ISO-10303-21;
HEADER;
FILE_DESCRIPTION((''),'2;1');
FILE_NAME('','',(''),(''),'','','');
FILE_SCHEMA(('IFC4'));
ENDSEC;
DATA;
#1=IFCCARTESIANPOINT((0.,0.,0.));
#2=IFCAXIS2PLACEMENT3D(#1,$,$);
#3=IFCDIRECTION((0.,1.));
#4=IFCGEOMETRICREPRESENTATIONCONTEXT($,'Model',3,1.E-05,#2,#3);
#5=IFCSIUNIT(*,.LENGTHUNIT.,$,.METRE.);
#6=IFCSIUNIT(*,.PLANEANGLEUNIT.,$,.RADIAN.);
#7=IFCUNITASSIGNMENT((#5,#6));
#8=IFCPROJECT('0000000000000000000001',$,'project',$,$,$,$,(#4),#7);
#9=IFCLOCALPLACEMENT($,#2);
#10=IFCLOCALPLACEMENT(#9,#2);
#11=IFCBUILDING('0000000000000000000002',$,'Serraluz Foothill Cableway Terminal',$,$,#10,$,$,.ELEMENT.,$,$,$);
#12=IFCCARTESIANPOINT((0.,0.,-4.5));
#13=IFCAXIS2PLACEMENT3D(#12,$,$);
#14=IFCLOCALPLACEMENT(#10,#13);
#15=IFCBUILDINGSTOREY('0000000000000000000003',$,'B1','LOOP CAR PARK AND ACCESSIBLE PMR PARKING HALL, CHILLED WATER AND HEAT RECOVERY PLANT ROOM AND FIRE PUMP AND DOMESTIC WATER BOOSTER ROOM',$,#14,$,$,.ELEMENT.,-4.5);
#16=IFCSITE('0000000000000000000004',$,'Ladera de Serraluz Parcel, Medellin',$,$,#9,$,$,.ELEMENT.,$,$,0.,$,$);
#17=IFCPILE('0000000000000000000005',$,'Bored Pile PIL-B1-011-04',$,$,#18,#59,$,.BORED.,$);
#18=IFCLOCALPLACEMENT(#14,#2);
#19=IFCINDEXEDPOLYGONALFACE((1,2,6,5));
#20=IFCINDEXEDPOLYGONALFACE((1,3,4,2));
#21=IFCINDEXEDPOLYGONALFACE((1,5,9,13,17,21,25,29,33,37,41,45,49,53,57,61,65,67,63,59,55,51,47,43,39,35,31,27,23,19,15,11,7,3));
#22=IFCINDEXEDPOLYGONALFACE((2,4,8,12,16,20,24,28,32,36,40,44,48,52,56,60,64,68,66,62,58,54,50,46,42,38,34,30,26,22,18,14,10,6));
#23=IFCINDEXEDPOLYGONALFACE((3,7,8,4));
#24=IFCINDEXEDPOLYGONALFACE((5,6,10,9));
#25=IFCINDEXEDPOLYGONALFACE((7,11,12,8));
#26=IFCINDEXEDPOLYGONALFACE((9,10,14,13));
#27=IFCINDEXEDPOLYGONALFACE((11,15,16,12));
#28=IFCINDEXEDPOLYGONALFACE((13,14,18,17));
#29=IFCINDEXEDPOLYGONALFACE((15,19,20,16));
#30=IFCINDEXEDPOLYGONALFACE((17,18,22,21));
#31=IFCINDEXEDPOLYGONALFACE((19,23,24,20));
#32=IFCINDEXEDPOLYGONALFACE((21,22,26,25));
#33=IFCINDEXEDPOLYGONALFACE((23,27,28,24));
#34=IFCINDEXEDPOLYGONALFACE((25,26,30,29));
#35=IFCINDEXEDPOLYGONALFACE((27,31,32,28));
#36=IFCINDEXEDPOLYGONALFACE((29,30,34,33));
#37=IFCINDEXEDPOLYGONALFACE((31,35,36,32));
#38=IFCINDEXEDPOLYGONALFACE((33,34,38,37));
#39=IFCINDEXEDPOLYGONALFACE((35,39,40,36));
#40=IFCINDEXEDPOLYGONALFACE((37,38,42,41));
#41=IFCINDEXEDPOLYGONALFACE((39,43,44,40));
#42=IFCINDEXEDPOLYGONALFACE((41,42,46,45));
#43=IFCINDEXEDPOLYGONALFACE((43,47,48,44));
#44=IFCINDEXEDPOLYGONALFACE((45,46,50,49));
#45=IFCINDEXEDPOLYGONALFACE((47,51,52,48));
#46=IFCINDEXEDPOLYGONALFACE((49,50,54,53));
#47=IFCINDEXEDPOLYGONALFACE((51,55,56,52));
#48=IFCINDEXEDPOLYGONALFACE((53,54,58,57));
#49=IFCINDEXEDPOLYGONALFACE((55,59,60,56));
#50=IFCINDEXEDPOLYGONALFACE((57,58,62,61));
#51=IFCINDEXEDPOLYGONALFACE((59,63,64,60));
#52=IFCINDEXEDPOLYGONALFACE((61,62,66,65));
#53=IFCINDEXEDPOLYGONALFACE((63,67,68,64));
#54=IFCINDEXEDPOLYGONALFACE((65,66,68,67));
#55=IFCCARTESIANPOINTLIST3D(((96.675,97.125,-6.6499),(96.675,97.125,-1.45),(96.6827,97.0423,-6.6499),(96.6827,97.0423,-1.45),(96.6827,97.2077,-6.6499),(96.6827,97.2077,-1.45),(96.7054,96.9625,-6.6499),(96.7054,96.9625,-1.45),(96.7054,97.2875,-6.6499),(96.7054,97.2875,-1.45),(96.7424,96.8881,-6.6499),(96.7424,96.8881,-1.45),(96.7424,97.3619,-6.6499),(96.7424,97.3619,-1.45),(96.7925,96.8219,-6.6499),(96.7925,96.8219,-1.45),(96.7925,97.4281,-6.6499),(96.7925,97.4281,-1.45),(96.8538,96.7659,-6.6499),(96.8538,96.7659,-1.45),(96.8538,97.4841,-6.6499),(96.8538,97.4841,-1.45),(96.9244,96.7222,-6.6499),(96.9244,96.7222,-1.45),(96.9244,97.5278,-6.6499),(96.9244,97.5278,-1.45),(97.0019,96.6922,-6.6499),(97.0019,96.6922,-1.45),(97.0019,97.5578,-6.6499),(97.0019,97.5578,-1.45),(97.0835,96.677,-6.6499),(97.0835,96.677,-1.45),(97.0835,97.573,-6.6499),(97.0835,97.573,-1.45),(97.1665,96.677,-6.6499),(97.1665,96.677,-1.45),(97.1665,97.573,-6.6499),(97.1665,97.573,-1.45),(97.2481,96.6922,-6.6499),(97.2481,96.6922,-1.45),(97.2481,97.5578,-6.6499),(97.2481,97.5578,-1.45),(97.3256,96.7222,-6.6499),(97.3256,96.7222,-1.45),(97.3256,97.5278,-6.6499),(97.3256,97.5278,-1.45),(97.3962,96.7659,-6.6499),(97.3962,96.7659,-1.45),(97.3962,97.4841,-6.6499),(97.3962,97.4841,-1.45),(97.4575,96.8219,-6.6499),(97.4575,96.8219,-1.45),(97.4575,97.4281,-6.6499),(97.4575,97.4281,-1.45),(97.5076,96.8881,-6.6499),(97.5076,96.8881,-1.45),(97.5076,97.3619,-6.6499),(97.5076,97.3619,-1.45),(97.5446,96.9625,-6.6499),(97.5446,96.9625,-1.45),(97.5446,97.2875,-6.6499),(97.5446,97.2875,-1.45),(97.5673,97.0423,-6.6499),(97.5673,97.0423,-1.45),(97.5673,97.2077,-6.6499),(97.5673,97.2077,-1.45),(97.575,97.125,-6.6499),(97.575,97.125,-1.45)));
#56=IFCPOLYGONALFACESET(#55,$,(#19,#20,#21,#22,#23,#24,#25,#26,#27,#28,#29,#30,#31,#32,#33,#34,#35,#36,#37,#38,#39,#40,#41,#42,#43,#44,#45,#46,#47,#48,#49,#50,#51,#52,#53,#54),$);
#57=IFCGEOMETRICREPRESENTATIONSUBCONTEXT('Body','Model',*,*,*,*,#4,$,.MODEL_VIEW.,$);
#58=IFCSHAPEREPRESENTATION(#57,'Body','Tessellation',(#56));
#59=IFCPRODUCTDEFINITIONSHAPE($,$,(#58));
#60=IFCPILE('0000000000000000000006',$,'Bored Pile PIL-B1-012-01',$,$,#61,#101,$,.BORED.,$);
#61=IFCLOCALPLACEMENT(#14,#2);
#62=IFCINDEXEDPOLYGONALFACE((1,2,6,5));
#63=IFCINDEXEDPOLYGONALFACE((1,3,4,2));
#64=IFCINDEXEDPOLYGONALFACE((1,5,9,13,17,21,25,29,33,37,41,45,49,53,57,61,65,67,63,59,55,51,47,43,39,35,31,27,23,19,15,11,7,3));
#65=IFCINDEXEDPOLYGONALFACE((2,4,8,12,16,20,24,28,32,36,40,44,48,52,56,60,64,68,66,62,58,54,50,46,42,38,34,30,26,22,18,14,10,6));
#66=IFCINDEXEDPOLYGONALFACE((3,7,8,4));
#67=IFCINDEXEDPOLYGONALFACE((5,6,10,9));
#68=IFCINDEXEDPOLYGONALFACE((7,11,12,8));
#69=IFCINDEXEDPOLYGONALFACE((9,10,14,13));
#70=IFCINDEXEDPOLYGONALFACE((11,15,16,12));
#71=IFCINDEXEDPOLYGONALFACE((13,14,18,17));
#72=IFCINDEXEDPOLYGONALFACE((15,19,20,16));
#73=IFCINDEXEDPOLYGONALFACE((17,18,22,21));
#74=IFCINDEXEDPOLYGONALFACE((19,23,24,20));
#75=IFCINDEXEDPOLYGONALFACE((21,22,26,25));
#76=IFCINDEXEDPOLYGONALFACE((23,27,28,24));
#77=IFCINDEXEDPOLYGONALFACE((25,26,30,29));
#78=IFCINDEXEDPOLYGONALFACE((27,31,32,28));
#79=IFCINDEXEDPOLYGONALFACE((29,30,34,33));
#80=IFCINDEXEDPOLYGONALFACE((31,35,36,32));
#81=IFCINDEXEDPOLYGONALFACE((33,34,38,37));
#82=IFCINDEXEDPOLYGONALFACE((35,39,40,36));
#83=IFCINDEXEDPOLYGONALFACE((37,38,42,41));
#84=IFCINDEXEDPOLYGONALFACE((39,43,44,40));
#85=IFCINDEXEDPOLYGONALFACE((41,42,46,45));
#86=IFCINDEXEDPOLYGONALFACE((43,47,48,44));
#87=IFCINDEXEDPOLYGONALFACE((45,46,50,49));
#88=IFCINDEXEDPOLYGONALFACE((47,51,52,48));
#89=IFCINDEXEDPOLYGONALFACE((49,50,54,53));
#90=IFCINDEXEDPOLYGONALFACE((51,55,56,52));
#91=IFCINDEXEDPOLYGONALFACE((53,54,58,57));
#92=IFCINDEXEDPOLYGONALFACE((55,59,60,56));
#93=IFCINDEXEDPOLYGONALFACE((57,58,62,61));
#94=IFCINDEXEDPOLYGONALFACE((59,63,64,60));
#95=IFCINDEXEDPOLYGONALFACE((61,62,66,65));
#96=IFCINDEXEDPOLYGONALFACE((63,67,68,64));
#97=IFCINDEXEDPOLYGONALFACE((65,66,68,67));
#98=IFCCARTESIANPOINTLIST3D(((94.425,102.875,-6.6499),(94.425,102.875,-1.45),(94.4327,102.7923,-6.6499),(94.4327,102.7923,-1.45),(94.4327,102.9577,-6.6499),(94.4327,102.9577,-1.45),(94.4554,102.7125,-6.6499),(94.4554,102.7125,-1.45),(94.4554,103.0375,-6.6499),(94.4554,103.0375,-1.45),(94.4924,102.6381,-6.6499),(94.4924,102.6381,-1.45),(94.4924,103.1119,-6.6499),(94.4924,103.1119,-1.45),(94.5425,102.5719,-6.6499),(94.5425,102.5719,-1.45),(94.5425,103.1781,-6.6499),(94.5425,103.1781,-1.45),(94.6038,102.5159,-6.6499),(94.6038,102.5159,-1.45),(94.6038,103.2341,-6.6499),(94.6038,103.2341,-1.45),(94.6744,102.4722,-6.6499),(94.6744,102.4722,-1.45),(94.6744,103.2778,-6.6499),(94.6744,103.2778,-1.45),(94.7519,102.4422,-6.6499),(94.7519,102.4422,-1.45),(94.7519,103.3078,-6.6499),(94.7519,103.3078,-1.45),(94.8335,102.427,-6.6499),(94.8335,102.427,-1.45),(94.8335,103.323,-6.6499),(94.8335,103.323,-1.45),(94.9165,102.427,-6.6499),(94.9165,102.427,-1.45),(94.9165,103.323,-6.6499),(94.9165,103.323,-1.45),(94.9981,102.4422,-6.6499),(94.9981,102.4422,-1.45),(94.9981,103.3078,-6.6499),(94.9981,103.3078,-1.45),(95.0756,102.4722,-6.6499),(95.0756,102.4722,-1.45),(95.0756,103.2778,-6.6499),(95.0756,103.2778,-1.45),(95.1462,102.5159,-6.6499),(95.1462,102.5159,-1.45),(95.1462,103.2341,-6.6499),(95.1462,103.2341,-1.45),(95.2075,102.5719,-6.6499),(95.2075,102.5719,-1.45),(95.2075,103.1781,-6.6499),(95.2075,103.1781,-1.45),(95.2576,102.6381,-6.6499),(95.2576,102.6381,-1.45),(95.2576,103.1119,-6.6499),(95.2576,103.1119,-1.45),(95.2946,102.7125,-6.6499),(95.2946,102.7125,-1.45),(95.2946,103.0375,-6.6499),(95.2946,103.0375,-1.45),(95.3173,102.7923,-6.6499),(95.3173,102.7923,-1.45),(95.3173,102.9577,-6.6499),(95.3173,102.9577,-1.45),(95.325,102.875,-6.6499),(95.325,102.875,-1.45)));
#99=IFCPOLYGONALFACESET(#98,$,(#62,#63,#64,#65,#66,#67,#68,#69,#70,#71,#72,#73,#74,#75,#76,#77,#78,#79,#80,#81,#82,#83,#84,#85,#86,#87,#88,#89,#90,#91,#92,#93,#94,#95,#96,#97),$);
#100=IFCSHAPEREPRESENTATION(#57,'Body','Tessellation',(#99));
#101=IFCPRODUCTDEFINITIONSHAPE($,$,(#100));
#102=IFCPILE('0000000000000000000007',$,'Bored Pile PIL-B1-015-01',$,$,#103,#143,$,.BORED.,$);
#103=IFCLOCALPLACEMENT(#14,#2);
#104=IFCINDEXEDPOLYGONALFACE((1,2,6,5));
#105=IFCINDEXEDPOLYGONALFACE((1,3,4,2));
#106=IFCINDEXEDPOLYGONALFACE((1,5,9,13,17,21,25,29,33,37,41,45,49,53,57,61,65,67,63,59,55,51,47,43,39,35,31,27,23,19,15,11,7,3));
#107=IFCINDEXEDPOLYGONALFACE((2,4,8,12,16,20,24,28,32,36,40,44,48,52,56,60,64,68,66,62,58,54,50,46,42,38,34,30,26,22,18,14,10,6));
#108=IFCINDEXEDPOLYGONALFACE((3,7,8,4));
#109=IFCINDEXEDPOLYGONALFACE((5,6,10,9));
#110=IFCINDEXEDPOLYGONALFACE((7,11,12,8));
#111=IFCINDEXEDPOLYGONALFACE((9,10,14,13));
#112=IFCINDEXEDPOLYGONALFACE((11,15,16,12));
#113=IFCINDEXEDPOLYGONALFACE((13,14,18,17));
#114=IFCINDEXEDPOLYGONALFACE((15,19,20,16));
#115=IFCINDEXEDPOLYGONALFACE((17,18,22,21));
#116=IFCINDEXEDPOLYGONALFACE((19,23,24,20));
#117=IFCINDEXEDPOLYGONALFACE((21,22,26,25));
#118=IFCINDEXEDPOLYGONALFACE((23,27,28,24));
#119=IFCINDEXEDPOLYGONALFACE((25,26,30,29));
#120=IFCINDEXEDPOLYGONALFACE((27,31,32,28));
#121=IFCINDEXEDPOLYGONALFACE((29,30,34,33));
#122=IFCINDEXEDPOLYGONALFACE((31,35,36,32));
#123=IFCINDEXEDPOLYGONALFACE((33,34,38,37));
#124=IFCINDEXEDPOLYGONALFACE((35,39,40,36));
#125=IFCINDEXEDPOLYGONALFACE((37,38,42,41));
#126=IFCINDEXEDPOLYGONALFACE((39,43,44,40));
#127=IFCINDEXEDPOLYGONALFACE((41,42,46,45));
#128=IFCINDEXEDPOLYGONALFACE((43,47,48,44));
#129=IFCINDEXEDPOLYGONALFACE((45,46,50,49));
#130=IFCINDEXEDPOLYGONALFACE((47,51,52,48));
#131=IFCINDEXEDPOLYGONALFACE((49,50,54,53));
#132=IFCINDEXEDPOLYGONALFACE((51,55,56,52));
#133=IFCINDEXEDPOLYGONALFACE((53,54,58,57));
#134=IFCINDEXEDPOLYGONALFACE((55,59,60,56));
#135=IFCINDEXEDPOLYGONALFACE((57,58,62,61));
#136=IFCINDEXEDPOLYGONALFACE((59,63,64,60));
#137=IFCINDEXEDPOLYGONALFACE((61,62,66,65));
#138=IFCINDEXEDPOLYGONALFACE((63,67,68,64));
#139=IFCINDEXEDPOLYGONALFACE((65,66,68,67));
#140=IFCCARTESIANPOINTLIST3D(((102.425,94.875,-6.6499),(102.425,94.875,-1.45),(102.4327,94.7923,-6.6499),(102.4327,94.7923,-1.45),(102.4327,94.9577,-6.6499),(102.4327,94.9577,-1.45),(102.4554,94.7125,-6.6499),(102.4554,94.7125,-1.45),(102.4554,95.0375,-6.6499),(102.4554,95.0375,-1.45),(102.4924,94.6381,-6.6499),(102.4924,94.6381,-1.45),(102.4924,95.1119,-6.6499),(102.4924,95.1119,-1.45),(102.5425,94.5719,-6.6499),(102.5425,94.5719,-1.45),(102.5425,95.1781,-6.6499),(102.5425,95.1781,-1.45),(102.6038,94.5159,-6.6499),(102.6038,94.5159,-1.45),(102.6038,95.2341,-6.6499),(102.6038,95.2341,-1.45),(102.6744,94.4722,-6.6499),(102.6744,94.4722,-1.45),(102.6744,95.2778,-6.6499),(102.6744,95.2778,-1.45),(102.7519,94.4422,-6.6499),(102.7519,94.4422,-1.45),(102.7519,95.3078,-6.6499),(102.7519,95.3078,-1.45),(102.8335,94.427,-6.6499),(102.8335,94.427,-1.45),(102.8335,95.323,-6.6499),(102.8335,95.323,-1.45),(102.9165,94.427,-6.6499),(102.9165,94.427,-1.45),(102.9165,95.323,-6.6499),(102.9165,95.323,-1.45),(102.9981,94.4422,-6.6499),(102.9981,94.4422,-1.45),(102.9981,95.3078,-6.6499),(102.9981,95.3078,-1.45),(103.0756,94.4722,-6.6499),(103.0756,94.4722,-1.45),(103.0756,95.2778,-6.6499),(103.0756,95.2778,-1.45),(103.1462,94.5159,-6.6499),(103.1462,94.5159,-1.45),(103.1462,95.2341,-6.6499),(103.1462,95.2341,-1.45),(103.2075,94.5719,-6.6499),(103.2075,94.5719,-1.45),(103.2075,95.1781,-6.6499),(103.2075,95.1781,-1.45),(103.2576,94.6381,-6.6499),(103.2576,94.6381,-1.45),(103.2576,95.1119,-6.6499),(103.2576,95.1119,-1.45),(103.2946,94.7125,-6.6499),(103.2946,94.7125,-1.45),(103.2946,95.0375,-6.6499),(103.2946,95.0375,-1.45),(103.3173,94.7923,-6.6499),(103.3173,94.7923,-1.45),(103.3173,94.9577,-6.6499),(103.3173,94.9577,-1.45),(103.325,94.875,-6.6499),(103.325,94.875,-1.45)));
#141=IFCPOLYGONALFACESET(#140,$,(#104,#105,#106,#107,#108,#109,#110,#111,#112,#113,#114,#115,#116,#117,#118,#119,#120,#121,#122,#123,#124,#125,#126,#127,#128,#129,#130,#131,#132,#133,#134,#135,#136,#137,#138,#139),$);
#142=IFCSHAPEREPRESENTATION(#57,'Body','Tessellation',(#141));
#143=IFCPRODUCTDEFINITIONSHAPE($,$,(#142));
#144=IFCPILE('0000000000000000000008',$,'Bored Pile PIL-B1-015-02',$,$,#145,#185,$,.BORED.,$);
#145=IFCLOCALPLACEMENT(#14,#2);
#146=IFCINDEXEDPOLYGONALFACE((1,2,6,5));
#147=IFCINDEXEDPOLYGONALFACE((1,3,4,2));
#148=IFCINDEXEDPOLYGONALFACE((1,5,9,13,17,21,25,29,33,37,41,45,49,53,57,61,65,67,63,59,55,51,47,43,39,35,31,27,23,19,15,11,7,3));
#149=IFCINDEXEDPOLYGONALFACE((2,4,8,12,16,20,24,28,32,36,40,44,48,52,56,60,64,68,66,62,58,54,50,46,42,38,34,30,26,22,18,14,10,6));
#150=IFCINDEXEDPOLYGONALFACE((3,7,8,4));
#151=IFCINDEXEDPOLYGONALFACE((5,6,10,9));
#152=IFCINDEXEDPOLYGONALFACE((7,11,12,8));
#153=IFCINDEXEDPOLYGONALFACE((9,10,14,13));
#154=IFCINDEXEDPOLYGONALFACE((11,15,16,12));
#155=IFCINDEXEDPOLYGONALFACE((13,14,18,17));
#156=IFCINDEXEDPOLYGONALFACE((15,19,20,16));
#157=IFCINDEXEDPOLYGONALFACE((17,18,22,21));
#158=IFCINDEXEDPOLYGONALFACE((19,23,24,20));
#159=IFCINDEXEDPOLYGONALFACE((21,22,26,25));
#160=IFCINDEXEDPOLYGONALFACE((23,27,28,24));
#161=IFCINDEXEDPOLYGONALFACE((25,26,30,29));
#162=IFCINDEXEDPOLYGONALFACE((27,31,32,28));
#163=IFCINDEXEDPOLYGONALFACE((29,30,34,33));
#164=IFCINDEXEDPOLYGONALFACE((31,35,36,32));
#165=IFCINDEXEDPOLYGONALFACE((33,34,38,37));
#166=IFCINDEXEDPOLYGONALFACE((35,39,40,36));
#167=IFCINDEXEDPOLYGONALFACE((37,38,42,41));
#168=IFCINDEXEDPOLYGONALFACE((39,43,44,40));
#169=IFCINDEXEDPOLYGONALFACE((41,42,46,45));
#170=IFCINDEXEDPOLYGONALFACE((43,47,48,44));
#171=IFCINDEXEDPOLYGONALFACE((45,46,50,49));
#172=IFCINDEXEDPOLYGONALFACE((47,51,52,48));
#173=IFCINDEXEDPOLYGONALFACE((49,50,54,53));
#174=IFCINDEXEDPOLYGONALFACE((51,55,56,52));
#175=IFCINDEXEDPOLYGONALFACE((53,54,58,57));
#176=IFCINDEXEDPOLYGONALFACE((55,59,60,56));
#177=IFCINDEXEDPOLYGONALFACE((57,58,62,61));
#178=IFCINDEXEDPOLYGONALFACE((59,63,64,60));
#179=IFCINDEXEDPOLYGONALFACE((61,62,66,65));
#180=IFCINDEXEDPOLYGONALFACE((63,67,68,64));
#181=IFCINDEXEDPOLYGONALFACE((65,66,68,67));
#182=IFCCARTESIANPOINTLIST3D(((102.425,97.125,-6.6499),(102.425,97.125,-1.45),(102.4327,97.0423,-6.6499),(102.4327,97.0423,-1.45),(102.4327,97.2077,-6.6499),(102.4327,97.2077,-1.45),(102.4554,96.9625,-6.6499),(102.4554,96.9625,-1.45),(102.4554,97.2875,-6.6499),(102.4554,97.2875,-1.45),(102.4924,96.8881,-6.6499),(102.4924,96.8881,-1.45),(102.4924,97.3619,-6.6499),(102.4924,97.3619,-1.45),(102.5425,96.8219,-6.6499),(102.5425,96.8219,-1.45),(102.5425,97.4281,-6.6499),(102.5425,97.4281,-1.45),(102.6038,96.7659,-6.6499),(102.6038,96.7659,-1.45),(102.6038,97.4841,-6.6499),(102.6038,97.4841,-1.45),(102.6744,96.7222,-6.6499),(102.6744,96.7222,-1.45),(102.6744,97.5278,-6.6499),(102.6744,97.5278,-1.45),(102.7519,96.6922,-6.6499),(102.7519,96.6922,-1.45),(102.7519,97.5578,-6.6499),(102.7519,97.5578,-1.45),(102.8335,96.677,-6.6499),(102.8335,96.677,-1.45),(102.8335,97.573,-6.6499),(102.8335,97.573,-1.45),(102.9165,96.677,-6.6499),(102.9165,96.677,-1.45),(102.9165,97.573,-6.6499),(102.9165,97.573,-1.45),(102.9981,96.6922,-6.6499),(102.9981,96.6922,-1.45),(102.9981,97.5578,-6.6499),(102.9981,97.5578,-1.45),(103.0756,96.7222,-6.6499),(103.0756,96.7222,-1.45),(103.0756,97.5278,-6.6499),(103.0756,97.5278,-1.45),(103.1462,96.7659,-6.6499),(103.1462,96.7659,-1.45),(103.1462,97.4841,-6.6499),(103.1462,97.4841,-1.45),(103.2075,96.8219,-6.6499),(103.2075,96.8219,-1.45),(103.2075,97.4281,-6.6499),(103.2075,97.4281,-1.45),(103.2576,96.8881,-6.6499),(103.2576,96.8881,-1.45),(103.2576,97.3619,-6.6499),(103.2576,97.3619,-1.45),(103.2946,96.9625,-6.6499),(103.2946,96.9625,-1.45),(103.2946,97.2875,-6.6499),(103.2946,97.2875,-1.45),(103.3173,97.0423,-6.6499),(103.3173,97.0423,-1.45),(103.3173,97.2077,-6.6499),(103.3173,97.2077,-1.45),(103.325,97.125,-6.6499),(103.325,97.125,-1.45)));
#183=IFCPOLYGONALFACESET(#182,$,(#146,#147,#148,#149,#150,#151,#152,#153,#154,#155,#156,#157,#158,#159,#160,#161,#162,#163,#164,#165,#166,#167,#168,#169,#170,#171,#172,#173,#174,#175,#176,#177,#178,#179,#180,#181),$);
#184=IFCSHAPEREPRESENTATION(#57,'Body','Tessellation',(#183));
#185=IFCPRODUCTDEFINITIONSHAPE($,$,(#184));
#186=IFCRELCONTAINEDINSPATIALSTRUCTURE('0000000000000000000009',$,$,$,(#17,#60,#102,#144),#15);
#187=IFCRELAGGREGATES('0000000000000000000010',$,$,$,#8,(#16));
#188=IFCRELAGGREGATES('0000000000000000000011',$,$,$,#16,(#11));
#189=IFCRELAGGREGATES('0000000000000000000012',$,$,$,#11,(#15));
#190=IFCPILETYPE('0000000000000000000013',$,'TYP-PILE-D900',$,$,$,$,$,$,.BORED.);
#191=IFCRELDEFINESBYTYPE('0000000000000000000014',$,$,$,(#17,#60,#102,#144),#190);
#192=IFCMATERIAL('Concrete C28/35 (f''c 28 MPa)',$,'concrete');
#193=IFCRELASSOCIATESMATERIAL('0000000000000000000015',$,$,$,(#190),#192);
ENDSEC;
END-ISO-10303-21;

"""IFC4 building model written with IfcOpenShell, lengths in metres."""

from ifc_helpers import new_model, si_unit, direction, frame, origin, origin_2d, place, context, subcontext, project, spatial, circle, extrude, material, material_profile, profile_set, type_object, element, save


model = new_model("IFC4")

# Units and contexts
model_context = context("Model", 3, precision=1e-05, world=origin(), true_north=direction((0.0, 1.0)))
body_context = subcontext(model_context, "Body", "Model", "MODEL_VIEW")
ifc_project = project(units=[si_unit("LENGTHUNIT", "METRE"), si_unit("PLANEANGLEUNIT", "RADIAN")], contexts=[model_context])

# Site, building, storey
site_placement = place(None, origin())
site = spatial("IfcSite", under=ifc_project, at=site_placement, Name="Ladera de Serraluz Parcel, Medellin", CompositionType="ELEMENT", RefElevation=0.0)
building_placement = place(site_placement, origin())
building = spatial("IfcBuilding", under=site, at=building_placement, Name="Serraluz Foothill Cableway Terminal", CompositionType="ELEMENT")
storey_placement = place(building_placement, frame((0.0, 0.0, -4.5)))
storey = spatial("IfcBuildingStorey", under=building, at=storey_placement, Name="B1", Description="LOOP CAR PARK AND ACCESSIBLE PMR PARKING HALL, CHILLED WATER AND HEAT RECOVERY PLANT ROOM AND FIRE PUMP AND DOMESTIC WATER BOOSTER ROOM", CompositionType="ELEMENT", Elevation=-4.5)

# Piles
ifc_material_1 = material(Name="Concrete C28/35 (f'c 28 MPa)", Category="concrete")
ifc_material_profile_1 = material_profile(ifc_material_1, circle(Radius=0.45, at=origin_2d()), Name="BORED PILE D900")
ifc_profile_set_1 = profile_set([ifc_material_profile_1], Name="Concrete C28/35 (f'c 28 MPa)")
pile_type = type_object("IfcPileType", Name="TYP-PILE-D900", PredefinedType="BORED", material=ifc_profile_set_1)
for number, where, z_axis, x_axis, name in (
    (1, (97.125, 97.125, -1.45), (0.0, 0.0, -1.0), (1.0, 0.0, 0.0), "Bored Pile PIL-B1-011-04"),
    (2, (94.875, 102.875, -1.45), (0.0, 0.0, -1.0), (1.0, 0.0, 0.0), "Bored Pile PIL-B1-012-01"),
    (3, (102.875, 94.875, -1.45), (0.0, 0.0, -1.0), (1.0, 0.0, 0.0), "Bored Pile PIL-B1-015-01"),
    (4, (102.875, 97.125, -1.45), (0.0, 0.0, -1.0), (1.0, 0.0, 0.0), "Bored Pile PIL-B1-015-02"),
):
    element("IfcPile", number, at=place(storey_placement, frame(where, z_axis=z_axis, x_axis=x_axis)), inside=storey, type_object=pile_type, Name=name, PredefinedType="BORED", context=body_context, shape_type="SweptSolid", body=[
        extrude(circle(Radius=0.45, at=origin_2d()), origin(), (0.0, 0.0, 1.0), 5.2),
    ])

save(model, "model.ifc")
